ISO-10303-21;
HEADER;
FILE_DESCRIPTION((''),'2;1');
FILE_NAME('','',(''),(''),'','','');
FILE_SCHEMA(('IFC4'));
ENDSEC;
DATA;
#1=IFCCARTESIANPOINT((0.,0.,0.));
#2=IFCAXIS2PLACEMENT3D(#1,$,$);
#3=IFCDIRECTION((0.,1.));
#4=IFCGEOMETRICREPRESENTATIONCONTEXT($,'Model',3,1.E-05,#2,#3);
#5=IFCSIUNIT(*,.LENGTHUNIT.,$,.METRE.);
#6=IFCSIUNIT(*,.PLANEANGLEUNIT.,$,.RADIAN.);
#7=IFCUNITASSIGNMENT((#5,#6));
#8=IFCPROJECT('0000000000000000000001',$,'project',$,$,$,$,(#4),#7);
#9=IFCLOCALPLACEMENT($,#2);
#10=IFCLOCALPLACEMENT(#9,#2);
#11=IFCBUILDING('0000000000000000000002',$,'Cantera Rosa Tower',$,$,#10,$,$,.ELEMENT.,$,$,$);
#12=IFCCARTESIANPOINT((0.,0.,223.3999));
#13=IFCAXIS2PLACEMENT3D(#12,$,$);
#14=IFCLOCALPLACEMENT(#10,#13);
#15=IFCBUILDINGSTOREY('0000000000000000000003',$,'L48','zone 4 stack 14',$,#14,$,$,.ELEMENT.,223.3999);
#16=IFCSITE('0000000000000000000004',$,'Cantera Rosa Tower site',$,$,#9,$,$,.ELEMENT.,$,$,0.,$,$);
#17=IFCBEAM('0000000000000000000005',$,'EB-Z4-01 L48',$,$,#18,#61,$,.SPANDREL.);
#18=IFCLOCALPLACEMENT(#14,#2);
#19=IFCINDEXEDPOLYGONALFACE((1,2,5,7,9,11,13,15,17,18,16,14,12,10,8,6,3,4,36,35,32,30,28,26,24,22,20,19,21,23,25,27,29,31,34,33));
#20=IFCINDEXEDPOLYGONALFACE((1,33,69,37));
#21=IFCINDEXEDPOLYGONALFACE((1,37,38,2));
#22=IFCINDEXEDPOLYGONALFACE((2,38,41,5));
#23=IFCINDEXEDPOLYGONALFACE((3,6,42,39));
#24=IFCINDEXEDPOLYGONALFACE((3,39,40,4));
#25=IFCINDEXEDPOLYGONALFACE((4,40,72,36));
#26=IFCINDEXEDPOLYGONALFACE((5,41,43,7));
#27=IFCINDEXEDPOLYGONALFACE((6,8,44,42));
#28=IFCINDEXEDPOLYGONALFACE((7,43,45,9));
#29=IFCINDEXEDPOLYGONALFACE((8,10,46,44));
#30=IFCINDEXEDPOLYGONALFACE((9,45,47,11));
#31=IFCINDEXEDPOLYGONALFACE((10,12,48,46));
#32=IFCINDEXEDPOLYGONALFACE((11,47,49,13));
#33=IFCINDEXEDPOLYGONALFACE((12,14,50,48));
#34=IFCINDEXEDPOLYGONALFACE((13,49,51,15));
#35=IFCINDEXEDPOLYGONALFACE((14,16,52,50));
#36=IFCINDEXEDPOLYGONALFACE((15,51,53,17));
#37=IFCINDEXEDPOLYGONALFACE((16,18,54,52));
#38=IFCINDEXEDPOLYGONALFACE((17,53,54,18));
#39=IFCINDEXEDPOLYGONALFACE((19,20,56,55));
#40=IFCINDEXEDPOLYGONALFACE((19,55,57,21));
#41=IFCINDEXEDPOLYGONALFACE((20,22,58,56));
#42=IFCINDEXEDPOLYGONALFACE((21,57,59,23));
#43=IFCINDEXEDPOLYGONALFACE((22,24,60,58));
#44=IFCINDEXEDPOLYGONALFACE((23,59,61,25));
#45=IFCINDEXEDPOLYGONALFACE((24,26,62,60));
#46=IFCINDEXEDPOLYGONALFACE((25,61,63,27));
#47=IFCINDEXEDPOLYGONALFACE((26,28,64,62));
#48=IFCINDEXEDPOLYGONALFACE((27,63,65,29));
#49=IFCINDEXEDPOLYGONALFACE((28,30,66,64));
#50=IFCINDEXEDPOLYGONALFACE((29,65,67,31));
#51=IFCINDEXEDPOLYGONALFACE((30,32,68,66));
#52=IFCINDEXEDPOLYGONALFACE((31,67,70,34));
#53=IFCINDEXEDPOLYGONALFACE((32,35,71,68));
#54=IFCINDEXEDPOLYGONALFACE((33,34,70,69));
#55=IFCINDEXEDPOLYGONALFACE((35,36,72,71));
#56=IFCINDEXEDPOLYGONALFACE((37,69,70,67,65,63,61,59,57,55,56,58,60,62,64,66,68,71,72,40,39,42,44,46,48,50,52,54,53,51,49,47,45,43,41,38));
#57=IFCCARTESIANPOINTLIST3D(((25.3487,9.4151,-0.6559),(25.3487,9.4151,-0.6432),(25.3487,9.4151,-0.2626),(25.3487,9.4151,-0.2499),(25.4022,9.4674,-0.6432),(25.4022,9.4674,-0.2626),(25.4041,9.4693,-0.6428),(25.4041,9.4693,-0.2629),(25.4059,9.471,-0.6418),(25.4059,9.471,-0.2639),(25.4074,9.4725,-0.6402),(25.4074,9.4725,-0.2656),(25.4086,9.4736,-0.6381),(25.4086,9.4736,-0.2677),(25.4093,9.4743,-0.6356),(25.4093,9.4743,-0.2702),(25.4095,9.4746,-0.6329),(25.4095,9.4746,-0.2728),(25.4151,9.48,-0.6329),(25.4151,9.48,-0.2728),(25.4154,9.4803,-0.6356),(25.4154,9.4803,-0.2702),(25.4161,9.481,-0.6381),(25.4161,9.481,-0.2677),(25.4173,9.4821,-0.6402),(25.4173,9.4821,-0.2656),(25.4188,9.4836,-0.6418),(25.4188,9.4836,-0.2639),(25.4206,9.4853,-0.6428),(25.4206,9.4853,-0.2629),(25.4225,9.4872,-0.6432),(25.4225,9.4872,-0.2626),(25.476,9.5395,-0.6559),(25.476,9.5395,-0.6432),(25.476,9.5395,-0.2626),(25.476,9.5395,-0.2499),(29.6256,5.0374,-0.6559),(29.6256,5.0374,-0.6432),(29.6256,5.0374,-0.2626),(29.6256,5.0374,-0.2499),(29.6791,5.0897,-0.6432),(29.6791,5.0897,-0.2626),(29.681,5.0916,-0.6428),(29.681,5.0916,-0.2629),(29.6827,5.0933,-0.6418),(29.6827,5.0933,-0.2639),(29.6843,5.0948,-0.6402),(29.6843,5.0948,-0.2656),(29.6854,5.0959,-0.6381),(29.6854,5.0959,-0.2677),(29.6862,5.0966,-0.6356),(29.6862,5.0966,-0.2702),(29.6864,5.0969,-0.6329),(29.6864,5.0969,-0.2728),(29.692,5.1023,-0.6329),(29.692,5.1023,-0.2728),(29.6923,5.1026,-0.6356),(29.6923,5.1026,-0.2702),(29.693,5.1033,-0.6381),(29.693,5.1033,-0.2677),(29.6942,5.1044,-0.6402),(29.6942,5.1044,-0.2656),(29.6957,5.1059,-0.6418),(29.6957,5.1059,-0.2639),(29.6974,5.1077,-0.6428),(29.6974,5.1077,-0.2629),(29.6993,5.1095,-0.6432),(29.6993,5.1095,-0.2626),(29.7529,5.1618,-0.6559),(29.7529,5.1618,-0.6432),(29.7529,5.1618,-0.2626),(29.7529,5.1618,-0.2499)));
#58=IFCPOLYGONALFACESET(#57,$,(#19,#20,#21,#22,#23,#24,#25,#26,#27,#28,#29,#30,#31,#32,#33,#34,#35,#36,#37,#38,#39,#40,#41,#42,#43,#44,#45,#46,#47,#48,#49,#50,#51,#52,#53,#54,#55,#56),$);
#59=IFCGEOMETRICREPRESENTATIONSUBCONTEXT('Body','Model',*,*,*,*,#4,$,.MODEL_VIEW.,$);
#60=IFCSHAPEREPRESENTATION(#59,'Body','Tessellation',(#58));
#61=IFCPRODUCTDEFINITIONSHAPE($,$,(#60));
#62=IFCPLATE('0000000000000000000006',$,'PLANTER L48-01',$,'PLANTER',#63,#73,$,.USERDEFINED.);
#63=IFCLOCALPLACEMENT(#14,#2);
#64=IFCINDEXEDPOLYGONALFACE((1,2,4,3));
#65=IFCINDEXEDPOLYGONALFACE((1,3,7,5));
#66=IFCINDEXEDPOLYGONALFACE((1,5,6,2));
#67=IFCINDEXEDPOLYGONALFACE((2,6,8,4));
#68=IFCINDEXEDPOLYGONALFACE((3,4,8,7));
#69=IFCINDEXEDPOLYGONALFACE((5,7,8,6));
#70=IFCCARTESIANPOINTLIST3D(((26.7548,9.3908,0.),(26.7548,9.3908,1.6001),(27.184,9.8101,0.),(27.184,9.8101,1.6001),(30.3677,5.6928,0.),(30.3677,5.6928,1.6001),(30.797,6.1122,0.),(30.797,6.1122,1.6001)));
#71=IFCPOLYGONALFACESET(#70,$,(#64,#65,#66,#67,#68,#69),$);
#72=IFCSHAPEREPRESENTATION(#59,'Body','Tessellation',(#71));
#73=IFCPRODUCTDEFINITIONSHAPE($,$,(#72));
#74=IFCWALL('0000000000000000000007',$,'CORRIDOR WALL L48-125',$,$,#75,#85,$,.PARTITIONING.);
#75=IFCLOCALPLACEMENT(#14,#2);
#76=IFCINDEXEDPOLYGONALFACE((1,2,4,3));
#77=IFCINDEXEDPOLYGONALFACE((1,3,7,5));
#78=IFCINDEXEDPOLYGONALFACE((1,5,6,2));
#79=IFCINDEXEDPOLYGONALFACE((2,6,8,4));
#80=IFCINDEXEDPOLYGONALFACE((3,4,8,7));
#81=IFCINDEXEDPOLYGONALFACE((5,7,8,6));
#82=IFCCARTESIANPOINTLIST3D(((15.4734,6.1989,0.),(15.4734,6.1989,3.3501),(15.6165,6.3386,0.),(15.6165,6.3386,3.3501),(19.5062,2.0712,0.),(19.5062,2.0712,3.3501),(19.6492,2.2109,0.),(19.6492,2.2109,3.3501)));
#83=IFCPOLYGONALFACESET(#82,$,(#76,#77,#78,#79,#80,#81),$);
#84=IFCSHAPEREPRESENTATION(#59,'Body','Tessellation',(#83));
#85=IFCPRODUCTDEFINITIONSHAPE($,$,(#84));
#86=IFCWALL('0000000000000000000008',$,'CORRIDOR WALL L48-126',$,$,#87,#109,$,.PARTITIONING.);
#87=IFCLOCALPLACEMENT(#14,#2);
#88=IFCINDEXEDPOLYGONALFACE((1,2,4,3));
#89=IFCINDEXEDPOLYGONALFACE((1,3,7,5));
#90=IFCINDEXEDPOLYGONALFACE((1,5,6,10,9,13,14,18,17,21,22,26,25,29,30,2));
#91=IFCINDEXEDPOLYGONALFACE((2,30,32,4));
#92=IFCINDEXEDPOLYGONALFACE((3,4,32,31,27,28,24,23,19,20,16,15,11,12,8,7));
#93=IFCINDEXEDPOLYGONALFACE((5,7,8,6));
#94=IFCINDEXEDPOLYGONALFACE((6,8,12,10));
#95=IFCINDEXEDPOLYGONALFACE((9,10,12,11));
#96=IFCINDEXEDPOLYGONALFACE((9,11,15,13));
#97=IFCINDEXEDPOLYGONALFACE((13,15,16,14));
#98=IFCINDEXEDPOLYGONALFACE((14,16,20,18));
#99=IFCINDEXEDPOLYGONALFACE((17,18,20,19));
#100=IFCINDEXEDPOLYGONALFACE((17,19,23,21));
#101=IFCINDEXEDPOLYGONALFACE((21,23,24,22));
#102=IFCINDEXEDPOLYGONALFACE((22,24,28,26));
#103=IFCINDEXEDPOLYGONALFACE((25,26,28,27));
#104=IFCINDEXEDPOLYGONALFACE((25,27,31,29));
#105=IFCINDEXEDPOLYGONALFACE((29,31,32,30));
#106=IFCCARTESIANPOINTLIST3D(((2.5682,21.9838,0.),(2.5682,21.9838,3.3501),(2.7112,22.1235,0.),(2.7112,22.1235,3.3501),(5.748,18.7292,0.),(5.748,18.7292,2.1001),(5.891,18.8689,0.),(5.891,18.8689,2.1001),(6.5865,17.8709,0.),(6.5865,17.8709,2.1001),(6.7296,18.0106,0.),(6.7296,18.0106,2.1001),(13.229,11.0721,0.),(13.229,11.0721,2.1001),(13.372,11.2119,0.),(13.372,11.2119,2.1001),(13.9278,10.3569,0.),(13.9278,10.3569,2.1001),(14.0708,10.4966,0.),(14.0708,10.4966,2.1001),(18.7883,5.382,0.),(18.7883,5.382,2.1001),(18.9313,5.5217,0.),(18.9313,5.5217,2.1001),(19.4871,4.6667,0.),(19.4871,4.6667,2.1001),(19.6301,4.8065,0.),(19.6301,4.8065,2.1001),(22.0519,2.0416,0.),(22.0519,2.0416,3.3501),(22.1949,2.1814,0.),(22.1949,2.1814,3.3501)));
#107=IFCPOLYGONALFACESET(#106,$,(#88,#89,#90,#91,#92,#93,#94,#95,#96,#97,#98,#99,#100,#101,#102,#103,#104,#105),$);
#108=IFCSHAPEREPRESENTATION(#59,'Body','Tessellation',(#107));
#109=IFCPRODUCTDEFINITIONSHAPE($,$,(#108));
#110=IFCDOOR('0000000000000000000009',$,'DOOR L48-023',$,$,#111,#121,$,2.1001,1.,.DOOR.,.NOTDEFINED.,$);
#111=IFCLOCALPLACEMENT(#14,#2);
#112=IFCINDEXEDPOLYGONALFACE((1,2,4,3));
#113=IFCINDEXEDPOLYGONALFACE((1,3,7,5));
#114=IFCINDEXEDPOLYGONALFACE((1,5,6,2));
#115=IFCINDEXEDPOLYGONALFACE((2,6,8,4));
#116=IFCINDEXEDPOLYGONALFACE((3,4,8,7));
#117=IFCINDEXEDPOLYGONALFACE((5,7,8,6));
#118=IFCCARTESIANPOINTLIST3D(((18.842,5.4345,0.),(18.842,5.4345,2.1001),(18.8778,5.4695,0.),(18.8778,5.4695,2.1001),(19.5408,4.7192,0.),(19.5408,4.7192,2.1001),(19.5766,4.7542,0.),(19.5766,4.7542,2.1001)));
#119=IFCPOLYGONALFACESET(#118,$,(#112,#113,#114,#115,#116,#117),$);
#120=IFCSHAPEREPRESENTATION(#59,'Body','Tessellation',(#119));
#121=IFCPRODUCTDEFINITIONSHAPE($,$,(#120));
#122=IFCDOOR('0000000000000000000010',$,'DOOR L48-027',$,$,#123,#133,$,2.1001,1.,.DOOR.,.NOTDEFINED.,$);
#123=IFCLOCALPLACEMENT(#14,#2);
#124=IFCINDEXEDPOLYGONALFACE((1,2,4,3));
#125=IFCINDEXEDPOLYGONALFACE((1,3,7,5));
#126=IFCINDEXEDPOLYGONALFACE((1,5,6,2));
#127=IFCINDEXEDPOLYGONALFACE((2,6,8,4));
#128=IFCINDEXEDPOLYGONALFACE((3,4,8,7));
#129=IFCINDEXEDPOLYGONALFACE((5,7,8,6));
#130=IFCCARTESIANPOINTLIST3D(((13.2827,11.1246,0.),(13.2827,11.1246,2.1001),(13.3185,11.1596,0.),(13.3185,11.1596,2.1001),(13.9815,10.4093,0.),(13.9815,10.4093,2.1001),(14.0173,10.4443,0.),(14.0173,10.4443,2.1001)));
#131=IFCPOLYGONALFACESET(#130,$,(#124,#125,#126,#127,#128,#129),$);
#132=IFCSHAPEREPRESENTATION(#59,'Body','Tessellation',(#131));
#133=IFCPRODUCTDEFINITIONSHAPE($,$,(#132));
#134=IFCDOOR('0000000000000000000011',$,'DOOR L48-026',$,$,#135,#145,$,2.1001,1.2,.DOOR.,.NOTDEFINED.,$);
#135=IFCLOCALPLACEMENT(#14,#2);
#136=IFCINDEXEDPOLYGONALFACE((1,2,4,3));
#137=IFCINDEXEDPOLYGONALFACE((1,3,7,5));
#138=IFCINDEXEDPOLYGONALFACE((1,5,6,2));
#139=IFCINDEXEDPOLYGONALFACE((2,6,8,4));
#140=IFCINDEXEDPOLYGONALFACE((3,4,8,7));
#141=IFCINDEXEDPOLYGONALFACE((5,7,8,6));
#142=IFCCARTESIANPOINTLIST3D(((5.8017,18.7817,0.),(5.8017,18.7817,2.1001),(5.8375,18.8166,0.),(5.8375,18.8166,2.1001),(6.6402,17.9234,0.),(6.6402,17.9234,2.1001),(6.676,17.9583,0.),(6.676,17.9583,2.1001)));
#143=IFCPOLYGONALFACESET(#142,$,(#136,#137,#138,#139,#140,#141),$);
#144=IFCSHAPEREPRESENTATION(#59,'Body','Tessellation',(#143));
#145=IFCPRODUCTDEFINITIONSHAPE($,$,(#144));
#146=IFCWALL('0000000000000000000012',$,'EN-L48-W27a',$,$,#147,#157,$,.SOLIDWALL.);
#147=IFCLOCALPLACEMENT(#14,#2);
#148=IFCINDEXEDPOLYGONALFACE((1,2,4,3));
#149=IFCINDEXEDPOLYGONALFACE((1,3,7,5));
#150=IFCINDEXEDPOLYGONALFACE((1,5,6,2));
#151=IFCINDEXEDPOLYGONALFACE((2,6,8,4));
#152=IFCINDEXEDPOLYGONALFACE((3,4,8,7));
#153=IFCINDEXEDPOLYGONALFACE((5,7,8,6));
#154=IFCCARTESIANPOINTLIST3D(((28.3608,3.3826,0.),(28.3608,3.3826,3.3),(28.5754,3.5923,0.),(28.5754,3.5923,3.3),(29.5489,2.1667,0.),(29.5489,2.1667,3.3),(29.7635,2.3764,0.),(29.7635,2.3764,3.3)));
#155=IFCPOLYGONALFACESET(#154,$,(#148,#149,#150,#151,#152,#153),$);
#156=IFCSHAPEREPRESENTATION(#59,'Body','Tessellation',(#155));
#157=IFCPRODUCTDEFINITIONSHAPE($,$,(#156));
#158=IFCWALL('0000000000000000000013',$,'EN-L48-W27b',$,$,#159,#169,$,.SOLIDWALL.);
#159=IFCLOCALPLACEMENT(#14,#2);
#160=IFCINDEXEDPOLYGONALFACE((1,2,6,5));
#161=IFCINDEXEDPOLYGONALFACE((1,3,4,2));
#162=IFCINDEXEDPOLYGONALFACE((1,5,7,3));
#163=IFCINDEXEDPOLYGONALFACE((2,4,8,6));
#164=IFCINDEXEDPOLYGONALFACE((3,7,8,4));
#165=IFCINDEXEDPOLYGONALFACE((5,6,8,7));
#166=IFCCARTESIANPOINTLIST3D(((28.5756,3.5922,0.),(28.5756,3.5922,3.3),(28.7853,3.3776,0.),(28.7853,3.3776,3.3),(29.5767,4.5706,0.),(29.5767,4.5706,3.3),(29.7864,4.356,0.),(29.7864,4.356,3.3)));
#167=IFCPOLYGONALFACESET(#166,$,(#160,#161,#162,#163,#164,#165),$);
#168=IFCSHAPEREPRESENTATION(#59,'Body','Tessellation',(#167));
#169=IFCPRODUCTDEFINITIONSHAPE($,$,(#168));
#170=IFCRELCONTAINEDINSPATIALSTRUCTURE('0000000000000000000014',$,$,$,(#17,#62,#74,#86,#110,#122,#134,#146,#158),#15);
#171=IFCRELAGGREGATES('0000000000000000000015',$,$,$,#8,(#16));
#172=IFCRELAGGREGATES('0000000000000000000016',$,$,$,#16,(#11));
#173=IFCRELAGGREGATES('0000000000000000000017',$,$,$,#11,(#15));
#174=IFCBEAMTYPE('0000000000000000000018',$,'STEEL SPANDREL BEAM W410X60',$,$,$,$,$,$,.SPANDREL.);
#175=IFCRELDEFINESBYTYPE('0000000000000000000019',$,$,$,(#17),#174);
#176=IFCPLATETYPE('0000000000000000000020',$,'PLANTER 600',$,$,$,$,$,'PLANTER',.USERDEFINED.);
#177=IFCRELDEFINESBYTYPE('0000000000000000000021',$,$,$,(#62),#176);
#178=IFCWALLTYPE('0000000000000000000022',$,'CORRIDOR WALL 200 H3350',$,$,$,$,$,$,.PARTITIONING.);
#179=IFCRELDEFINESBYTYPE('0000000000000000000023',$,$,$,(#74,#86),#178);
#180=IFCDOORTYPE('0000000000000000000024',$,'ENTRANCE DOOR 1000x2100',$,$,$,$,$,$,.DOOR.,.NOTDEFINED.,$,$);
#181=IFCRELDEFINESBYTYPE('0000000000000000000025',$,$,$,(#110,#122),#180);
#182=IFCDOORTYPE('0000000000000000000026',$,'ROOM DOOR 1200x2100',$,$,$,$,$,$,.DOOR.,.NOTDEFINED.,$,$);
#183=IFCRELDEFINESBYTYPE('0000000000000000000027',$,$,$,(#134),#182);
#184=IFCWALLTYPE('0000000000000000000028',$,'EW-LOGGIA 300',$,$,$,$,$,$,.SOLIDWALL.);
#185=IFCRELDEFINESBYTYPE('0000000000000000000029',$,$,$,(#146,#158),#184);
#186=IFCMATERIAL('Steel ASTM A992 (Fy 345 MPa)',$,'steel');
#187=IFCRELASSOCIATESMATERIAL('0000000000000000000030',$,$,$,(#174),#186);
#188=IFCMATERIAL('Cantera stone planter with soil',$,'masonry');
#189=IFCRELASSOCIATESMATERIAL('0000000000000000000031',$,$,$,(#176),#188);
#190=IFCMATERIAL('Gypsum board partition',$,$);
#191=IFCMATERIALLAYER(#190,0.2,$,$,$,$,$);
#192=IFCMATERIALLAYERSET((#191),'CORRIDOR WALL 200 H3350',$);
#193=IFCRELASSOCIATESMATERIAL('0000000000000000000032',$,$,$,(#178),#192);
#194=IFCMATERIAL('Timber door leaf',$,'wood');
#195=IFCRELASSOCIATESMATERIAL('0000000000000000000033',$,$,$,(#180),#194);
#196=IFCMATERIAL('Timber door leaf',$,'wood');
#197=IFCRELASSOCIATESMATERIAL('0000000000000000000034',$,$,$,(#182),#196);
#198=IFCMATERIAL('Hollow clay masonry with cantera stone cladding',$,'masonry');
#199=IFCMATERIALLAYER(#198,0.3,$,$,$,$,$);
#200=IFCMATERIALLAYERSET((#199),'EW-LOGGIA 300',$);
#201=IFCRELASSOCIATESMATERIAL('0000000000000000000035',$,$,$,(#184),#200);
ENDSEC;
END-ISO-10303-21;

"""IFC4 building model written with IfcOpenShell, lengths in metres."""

from ifc_helpers import new_model, si_unit, direction, frame, frame_2d, origin, origin_2d, place, context, subcontext, project, spatial, rectangle, i_section, extrude, material, layer, layer_set, material_profile, profile_set, type_object, element, fill, save


model = new_model("IFC4")

# Units and contexts
model_context = context("Model", 3, precision=1e-05, world=origin(), true_north=direction((0.0, 1.0)))
body_context = subcontext(model_context, "Body", "Model", "MODEL_VIEW")
ifc_project = project(units=[si_unit("LENGTHUNIT", "METRE"), si_unit("PLANEANGLEUNIT", "RADIAN")], contexts=[model_context])

# Site, building, storey
site_placement = place(None, origin())
site = spatial("IfcSite", under=ifc_project, at=site_placement, Name="Cantera Rosa Tower site", CompositionType="ELEMENT", RefElevation=0.0)
building_placement = place(site_placement, origin())
building = spatial("IfcBuilding", under=site, at=building_placement, Name="Cantera Rosa Tower", CompositionType="ELEMENT")
storey_placement = place(building_placement, frame((0.0, 0.0, 223.3999)))
storey = spatial("IfcBuildingStorey", under=building, at=storey_placement, Name="L48", Description="zone 4 stack 14", CompositionType="ELEMENT", Elevation=223.3999)

# Beam
ifc_material_1 = material(Name="Steel ASTM A992 (Fy 345 MPa)", Category="steel")
ifc_material_profile_1 = material_profile(ifc_material_1, i_section(OverallWidth=0.178, OverallDepth=0.406, WebThickness=0.0078, FlangeThickness=0.0127, FilletRadius=0.0103, at=origin_2d()), Name="W410X60")
ifc_profile_set_1 = profile_set([ifc_material_profile_1], Name="Steel ASTM A992 (Fy 345 MPa)")
beam_type_1 = type_object("IfcBeamType", Name="STEEL SPANDREL BEAM W410X60", PredefinedType="SPANDREL", material=ifc_profile_set_1)
beam_1_placement = place(storey_placement, frame((29.6892, 5.0996, -0.4529), z_axis=(-0.698821, 0.715296, 0.0), x_axis=(-0.715296, -0.698821, 0.0)))
element("IfcBeam", 1, at=beam_1_placement, inside=storey, type_object=beam_type_1, Name="EB-Z4-01 L48", PredefinedType="SPANDREL", context=body_context, shape_type="SweptSolid", body=[
    extrude(i_section(OverallWidth=0.178, OverallDepth=0.406, WebThickness=0.0078, FlangeThickness=0.0127, FilletRadius=0.0103, at=origin_2d()), origin(), (0.0, 0.0, 1.0), 6.1201),
])

# Plate
ifc_material_2 = material(Name="Cantera stone planter with soil", Category="masonry")
plate_type = type_object("IfcPlateType", Name="PLANTER 600", ElementType="PLANTER", PredefinedType="USERDEFINED", material=ifc_material_2)
plate_placement = place(storey_placement, frame((28.7759, 7.7515, 0.0), z_axis=(0.0, 0.0, 1.0), x_axis=(-0.698832, 0.715286, 0.0)))
element("IfcPlate", 2, at=plate_placement, inside=storey, type_object=plate_type, Name="PLANTER L48-01", ObjectType="PLANTER", PredefinedType="USERDEFINED", context=body_context, shape_type="SweptSolid", body=[
    extrude(rectangle(XDim=5.1699, YDim=0.6001, at=origin_2d()), origin(), (0.0, 0.0, 1.0), 1.6001),
])

# Wall
ifc_material_3 = material(Name="Gypsum board partition")
ifc_layer_1 = layer(ifc_material_3, 0.2)
ifc_layer_set_1 = layer_set([ifc_layer_1], Name="CORRIDOR WALL 200 H3350")
wall_type_1 = type_object("IfcWallType", Name="CORRIDOR WALL 200 H3350", PredefinedType="PARTITIONING", material=ifc_layer_set_1)
wall_1_placement = place(storey_placement, frame((19.5776, 2.1411, 0.0), z_axis=(0.0, 0.0, 1.0), x_axis=(-0.69883, 0.715288, 0.0)))
element("IfcWall", 3, at=wall_1_placement, inside=storey, type_object=wall_type_1, Name="CORRIDOR WALL L48-125", PredefinedType="PARTITIONING", context=body_context, shape_type="SweptSolid", body=[
    extrude(rectangle(XDim=5.7708, YDim=0.2, at=frame_2d((2.8853, 0.0))), origin(), (0.0, 0.0, 1.0), 3.3501),
])

# Wall, openings, doors
wall_2_placement = place(storey_placement, frame((22.1233, 2.1116, 0.0), z_axis=(0.0, 0.0, 1.0), x_axis=(-0.698836, 0.715282, 0.0)))
wall_2 = element("IfcWall", 4, at=wall_2_placement, inside=storey, type_object=wall_type_1, Name="CORRIDOR WALL L48-126", PredefinedType="PARTITIONING", context=body_context, shape_type="SweptSolid", body=[
    extrude(rectangle(XDim=27.8801, YDim=0.2, at=frame_2d((13.9399, 0.0))), origin(), (0.0, 0.0, 1.0), 3.3501),
])
opening_1_placement = place(wall_2_placement, frame((3.6699, 0.0, 0.0)))
opening_1 = element("IfcOpeningElement", 5, at=opening_1_placement, cuts=wall_2, PredefinedType="OPENING", context=body_context, shape_type="SweptSolid", body=[
    extrude(rectangle(XDim=1.0, YDim=2.1001, at=frame_2d((0.5, 1.05))), frame((0.0, 0.1099, 0.0), z_axis=(0.0, -1.0, 0.0), x_axis=(1.0, 0.0, 0.0)), (0.0, 0.0, 1.0), 0.22),
])
opening_2_placement = place(wall_2_placement, frame((22.1299, 0.0, 0.0)))
opening_2 = element("IfcOpeningElement", 6, at=opening_2_placement, cuts=wall_2, PredefinedType="OPENING", context=body_context, shape_type="SweptSolid", body=[
    extrude(rectangle(XDim=1.2, YDim=2.1001, at=frame_2d((0.6001, 1.05))), frame((0.0, 0.1099, 0.0), z_axis=(0.0, -1.0, 0.0), x_axis=(1.0, 0.0, 0.0)), (0.0, 0.0, 1.0), 0.22),
])
opening_3_placement = place(wall_2_placement, frame((11.625, 0.0, 0.0)))
opening_3 = element("IfcOpeningElement", 7, at=opening_3_placement, cuts=wall_2, PredefinedType="OPENING", context=body_context, shape_type="SweptSolid", body=[
    extrude(rectangle(XDim=1.0, YDim=2.1001, at=frame_2d((0.5, 1.05))), frame((0.0, 0.1099, 0.0), z_axis=(0.0, -1.0, 0.0), x_axis=(1.0, 0.0, 0.0)), (0.0, 0.0, 1.0), 0.22),
])
ifc_material_4 = material(Name="Timber door leaf", Category="wood")
door_type_1 = type_object("IfcDoorType", Name="ENTRANCE DOOR 1000x2100", OperationType="NOTDEFINED", PredefinedType="DOOR", material=ifc_material_4)
door_1_placement = place(opening_1_placement, origin())
door_1 = element("IfcDoor", 8, at=door_1_placement, inside=storey, type_object=door_type_1, Name="DOOR L48-023", OperationType="NOTDEFINED", OverallHeight=2.1001, OverallWidth=1.0, PredefinedType="DOOR", context=body_context, shape_type="SweptSolid", body=[
    extrude(rectangle(XDim=1.0, YDim=2.1001, at=frame_2d((0.5, 1.05))), frame((0.0, 0.0249, 0.0), z_axis=(0.0, -1.0, 0.0), x_axis=(1.0, 0.0, 0.0)), (0.0, 0.0, 1.0), 0.05),
])
fill(opening_1, door_1)
door_2_placement = place(opening_3_placement, origin())
door_2 = element("IfcDoor", 9, at=door_2_placement, inside=storey, type_object=door_type_1, Name="DOOR L48-027", OperationType="NOTDEFINED", OverallHeight=2.1001, OverallWidth=1.0, PredefinedType="DOOR", context=body_context, shape_type="SweptSolid", body=[
    extrude(rectangle(XDim=1.0, YDim=2.1001, at=frame_2d((0.5, 1.05))), frame((0.0, 0.0249, 0.0), z_axis=(0.0, -1.0, 0.0), x_axis=(1.0, 0.0, 0.0)), (0.0, 0.0, 1.0), 0.05),
])
fill(opening_3, door_2)
ifc_material_5 = material(Name="Timber door leaf", Category="wood")
door_type_2 = type_object("IfcDoorType", Name="ROOM DOOR 1200x2100", OperationType="NOTDEFINED", PredefinedType="DOOR", material=ifc_material_5)
door_3_placement = place(opening_2_placement, origin())
door_3 = element("IfcDoor", 10, at=door_3_placement, inside=storey, type_object=door_type_2, Name="DOOR L48-026", OperationType="NOTDEFINED", OverallHeight=2.1001, OverallWidth=1.2, PredefinedType="DOOR", context=body_context, shape_type="SweptSolid", body=[
    extrude(rectangle(XDim=1.2, YDim=2.1001, at=frame_2d((0.6001, 1.05))), frame((0.0, 0.0249, 0.0), z_axis=(0.0, -1.0, 0.0), x_axis=(1.0, 0.0, 0.0)), (0.0, 0.0, 1.0), 0.05),
])
fill(opening_2, door_3)

# Walls
ifc_material_6 = material(Name="Hollow clay masonry with cantera stone cladding", Category="masonry")
ifc_layer_2 = layer(ifc_material_6, 0.3)
ifc_layer_set_2 = layer_set([ifc_layer_2], Name="EW-LOGGIA 300")
wall_type_2 = type_object("IfcWallType", Name="EW-LOGGIA 300", PredefinedType="SOLIDWALL", material=ifc_layer_set_2)
wall_3_placement = place(storey_placement, frame((29.6562, 2.2715, 0.0), z_axis=(0.0, 0.0, 1.0), x_axis=(-0.698873, 0.715246, 0.0)))
element("IfcWall", 11, at=wall_3_placement, inside=storey, type_object=wall_type_2, Name="EN-L48-W27a", PredefinedType="SOLIDWALL", context=body_context, shape_type="SweptSolid", body=[
    extrude(rectangle(XDim=1.7, YDim=0.3, at=frame_2d((0.8501, 0.0))), origin(), (0.0, 0.0, 1.0), 3.3),
])
wall_4_placement = place(storey_placement, frame((28.6804, 3.4849, 0.0), z_axis=(0.0, 0.0, 1.0), x_axis=(0.715169, 0.698951, 0.0)))
element("IfcWall", 12, at=wall_4_placement, inside=storey, type_object=wall_type_2, Name="EN-L48-W27b", PredefinedType="SOLIDWALL", context=body_context, shape_type="SweptSolid", body=[
    extrude(rectangle(XDim=1.3999, YDim=0.3, at=frame_2d((0.7, 0.0))), origin(), (0.0, 0.0, 1.0), 3.3),
])

save(model, "model.ifc")
